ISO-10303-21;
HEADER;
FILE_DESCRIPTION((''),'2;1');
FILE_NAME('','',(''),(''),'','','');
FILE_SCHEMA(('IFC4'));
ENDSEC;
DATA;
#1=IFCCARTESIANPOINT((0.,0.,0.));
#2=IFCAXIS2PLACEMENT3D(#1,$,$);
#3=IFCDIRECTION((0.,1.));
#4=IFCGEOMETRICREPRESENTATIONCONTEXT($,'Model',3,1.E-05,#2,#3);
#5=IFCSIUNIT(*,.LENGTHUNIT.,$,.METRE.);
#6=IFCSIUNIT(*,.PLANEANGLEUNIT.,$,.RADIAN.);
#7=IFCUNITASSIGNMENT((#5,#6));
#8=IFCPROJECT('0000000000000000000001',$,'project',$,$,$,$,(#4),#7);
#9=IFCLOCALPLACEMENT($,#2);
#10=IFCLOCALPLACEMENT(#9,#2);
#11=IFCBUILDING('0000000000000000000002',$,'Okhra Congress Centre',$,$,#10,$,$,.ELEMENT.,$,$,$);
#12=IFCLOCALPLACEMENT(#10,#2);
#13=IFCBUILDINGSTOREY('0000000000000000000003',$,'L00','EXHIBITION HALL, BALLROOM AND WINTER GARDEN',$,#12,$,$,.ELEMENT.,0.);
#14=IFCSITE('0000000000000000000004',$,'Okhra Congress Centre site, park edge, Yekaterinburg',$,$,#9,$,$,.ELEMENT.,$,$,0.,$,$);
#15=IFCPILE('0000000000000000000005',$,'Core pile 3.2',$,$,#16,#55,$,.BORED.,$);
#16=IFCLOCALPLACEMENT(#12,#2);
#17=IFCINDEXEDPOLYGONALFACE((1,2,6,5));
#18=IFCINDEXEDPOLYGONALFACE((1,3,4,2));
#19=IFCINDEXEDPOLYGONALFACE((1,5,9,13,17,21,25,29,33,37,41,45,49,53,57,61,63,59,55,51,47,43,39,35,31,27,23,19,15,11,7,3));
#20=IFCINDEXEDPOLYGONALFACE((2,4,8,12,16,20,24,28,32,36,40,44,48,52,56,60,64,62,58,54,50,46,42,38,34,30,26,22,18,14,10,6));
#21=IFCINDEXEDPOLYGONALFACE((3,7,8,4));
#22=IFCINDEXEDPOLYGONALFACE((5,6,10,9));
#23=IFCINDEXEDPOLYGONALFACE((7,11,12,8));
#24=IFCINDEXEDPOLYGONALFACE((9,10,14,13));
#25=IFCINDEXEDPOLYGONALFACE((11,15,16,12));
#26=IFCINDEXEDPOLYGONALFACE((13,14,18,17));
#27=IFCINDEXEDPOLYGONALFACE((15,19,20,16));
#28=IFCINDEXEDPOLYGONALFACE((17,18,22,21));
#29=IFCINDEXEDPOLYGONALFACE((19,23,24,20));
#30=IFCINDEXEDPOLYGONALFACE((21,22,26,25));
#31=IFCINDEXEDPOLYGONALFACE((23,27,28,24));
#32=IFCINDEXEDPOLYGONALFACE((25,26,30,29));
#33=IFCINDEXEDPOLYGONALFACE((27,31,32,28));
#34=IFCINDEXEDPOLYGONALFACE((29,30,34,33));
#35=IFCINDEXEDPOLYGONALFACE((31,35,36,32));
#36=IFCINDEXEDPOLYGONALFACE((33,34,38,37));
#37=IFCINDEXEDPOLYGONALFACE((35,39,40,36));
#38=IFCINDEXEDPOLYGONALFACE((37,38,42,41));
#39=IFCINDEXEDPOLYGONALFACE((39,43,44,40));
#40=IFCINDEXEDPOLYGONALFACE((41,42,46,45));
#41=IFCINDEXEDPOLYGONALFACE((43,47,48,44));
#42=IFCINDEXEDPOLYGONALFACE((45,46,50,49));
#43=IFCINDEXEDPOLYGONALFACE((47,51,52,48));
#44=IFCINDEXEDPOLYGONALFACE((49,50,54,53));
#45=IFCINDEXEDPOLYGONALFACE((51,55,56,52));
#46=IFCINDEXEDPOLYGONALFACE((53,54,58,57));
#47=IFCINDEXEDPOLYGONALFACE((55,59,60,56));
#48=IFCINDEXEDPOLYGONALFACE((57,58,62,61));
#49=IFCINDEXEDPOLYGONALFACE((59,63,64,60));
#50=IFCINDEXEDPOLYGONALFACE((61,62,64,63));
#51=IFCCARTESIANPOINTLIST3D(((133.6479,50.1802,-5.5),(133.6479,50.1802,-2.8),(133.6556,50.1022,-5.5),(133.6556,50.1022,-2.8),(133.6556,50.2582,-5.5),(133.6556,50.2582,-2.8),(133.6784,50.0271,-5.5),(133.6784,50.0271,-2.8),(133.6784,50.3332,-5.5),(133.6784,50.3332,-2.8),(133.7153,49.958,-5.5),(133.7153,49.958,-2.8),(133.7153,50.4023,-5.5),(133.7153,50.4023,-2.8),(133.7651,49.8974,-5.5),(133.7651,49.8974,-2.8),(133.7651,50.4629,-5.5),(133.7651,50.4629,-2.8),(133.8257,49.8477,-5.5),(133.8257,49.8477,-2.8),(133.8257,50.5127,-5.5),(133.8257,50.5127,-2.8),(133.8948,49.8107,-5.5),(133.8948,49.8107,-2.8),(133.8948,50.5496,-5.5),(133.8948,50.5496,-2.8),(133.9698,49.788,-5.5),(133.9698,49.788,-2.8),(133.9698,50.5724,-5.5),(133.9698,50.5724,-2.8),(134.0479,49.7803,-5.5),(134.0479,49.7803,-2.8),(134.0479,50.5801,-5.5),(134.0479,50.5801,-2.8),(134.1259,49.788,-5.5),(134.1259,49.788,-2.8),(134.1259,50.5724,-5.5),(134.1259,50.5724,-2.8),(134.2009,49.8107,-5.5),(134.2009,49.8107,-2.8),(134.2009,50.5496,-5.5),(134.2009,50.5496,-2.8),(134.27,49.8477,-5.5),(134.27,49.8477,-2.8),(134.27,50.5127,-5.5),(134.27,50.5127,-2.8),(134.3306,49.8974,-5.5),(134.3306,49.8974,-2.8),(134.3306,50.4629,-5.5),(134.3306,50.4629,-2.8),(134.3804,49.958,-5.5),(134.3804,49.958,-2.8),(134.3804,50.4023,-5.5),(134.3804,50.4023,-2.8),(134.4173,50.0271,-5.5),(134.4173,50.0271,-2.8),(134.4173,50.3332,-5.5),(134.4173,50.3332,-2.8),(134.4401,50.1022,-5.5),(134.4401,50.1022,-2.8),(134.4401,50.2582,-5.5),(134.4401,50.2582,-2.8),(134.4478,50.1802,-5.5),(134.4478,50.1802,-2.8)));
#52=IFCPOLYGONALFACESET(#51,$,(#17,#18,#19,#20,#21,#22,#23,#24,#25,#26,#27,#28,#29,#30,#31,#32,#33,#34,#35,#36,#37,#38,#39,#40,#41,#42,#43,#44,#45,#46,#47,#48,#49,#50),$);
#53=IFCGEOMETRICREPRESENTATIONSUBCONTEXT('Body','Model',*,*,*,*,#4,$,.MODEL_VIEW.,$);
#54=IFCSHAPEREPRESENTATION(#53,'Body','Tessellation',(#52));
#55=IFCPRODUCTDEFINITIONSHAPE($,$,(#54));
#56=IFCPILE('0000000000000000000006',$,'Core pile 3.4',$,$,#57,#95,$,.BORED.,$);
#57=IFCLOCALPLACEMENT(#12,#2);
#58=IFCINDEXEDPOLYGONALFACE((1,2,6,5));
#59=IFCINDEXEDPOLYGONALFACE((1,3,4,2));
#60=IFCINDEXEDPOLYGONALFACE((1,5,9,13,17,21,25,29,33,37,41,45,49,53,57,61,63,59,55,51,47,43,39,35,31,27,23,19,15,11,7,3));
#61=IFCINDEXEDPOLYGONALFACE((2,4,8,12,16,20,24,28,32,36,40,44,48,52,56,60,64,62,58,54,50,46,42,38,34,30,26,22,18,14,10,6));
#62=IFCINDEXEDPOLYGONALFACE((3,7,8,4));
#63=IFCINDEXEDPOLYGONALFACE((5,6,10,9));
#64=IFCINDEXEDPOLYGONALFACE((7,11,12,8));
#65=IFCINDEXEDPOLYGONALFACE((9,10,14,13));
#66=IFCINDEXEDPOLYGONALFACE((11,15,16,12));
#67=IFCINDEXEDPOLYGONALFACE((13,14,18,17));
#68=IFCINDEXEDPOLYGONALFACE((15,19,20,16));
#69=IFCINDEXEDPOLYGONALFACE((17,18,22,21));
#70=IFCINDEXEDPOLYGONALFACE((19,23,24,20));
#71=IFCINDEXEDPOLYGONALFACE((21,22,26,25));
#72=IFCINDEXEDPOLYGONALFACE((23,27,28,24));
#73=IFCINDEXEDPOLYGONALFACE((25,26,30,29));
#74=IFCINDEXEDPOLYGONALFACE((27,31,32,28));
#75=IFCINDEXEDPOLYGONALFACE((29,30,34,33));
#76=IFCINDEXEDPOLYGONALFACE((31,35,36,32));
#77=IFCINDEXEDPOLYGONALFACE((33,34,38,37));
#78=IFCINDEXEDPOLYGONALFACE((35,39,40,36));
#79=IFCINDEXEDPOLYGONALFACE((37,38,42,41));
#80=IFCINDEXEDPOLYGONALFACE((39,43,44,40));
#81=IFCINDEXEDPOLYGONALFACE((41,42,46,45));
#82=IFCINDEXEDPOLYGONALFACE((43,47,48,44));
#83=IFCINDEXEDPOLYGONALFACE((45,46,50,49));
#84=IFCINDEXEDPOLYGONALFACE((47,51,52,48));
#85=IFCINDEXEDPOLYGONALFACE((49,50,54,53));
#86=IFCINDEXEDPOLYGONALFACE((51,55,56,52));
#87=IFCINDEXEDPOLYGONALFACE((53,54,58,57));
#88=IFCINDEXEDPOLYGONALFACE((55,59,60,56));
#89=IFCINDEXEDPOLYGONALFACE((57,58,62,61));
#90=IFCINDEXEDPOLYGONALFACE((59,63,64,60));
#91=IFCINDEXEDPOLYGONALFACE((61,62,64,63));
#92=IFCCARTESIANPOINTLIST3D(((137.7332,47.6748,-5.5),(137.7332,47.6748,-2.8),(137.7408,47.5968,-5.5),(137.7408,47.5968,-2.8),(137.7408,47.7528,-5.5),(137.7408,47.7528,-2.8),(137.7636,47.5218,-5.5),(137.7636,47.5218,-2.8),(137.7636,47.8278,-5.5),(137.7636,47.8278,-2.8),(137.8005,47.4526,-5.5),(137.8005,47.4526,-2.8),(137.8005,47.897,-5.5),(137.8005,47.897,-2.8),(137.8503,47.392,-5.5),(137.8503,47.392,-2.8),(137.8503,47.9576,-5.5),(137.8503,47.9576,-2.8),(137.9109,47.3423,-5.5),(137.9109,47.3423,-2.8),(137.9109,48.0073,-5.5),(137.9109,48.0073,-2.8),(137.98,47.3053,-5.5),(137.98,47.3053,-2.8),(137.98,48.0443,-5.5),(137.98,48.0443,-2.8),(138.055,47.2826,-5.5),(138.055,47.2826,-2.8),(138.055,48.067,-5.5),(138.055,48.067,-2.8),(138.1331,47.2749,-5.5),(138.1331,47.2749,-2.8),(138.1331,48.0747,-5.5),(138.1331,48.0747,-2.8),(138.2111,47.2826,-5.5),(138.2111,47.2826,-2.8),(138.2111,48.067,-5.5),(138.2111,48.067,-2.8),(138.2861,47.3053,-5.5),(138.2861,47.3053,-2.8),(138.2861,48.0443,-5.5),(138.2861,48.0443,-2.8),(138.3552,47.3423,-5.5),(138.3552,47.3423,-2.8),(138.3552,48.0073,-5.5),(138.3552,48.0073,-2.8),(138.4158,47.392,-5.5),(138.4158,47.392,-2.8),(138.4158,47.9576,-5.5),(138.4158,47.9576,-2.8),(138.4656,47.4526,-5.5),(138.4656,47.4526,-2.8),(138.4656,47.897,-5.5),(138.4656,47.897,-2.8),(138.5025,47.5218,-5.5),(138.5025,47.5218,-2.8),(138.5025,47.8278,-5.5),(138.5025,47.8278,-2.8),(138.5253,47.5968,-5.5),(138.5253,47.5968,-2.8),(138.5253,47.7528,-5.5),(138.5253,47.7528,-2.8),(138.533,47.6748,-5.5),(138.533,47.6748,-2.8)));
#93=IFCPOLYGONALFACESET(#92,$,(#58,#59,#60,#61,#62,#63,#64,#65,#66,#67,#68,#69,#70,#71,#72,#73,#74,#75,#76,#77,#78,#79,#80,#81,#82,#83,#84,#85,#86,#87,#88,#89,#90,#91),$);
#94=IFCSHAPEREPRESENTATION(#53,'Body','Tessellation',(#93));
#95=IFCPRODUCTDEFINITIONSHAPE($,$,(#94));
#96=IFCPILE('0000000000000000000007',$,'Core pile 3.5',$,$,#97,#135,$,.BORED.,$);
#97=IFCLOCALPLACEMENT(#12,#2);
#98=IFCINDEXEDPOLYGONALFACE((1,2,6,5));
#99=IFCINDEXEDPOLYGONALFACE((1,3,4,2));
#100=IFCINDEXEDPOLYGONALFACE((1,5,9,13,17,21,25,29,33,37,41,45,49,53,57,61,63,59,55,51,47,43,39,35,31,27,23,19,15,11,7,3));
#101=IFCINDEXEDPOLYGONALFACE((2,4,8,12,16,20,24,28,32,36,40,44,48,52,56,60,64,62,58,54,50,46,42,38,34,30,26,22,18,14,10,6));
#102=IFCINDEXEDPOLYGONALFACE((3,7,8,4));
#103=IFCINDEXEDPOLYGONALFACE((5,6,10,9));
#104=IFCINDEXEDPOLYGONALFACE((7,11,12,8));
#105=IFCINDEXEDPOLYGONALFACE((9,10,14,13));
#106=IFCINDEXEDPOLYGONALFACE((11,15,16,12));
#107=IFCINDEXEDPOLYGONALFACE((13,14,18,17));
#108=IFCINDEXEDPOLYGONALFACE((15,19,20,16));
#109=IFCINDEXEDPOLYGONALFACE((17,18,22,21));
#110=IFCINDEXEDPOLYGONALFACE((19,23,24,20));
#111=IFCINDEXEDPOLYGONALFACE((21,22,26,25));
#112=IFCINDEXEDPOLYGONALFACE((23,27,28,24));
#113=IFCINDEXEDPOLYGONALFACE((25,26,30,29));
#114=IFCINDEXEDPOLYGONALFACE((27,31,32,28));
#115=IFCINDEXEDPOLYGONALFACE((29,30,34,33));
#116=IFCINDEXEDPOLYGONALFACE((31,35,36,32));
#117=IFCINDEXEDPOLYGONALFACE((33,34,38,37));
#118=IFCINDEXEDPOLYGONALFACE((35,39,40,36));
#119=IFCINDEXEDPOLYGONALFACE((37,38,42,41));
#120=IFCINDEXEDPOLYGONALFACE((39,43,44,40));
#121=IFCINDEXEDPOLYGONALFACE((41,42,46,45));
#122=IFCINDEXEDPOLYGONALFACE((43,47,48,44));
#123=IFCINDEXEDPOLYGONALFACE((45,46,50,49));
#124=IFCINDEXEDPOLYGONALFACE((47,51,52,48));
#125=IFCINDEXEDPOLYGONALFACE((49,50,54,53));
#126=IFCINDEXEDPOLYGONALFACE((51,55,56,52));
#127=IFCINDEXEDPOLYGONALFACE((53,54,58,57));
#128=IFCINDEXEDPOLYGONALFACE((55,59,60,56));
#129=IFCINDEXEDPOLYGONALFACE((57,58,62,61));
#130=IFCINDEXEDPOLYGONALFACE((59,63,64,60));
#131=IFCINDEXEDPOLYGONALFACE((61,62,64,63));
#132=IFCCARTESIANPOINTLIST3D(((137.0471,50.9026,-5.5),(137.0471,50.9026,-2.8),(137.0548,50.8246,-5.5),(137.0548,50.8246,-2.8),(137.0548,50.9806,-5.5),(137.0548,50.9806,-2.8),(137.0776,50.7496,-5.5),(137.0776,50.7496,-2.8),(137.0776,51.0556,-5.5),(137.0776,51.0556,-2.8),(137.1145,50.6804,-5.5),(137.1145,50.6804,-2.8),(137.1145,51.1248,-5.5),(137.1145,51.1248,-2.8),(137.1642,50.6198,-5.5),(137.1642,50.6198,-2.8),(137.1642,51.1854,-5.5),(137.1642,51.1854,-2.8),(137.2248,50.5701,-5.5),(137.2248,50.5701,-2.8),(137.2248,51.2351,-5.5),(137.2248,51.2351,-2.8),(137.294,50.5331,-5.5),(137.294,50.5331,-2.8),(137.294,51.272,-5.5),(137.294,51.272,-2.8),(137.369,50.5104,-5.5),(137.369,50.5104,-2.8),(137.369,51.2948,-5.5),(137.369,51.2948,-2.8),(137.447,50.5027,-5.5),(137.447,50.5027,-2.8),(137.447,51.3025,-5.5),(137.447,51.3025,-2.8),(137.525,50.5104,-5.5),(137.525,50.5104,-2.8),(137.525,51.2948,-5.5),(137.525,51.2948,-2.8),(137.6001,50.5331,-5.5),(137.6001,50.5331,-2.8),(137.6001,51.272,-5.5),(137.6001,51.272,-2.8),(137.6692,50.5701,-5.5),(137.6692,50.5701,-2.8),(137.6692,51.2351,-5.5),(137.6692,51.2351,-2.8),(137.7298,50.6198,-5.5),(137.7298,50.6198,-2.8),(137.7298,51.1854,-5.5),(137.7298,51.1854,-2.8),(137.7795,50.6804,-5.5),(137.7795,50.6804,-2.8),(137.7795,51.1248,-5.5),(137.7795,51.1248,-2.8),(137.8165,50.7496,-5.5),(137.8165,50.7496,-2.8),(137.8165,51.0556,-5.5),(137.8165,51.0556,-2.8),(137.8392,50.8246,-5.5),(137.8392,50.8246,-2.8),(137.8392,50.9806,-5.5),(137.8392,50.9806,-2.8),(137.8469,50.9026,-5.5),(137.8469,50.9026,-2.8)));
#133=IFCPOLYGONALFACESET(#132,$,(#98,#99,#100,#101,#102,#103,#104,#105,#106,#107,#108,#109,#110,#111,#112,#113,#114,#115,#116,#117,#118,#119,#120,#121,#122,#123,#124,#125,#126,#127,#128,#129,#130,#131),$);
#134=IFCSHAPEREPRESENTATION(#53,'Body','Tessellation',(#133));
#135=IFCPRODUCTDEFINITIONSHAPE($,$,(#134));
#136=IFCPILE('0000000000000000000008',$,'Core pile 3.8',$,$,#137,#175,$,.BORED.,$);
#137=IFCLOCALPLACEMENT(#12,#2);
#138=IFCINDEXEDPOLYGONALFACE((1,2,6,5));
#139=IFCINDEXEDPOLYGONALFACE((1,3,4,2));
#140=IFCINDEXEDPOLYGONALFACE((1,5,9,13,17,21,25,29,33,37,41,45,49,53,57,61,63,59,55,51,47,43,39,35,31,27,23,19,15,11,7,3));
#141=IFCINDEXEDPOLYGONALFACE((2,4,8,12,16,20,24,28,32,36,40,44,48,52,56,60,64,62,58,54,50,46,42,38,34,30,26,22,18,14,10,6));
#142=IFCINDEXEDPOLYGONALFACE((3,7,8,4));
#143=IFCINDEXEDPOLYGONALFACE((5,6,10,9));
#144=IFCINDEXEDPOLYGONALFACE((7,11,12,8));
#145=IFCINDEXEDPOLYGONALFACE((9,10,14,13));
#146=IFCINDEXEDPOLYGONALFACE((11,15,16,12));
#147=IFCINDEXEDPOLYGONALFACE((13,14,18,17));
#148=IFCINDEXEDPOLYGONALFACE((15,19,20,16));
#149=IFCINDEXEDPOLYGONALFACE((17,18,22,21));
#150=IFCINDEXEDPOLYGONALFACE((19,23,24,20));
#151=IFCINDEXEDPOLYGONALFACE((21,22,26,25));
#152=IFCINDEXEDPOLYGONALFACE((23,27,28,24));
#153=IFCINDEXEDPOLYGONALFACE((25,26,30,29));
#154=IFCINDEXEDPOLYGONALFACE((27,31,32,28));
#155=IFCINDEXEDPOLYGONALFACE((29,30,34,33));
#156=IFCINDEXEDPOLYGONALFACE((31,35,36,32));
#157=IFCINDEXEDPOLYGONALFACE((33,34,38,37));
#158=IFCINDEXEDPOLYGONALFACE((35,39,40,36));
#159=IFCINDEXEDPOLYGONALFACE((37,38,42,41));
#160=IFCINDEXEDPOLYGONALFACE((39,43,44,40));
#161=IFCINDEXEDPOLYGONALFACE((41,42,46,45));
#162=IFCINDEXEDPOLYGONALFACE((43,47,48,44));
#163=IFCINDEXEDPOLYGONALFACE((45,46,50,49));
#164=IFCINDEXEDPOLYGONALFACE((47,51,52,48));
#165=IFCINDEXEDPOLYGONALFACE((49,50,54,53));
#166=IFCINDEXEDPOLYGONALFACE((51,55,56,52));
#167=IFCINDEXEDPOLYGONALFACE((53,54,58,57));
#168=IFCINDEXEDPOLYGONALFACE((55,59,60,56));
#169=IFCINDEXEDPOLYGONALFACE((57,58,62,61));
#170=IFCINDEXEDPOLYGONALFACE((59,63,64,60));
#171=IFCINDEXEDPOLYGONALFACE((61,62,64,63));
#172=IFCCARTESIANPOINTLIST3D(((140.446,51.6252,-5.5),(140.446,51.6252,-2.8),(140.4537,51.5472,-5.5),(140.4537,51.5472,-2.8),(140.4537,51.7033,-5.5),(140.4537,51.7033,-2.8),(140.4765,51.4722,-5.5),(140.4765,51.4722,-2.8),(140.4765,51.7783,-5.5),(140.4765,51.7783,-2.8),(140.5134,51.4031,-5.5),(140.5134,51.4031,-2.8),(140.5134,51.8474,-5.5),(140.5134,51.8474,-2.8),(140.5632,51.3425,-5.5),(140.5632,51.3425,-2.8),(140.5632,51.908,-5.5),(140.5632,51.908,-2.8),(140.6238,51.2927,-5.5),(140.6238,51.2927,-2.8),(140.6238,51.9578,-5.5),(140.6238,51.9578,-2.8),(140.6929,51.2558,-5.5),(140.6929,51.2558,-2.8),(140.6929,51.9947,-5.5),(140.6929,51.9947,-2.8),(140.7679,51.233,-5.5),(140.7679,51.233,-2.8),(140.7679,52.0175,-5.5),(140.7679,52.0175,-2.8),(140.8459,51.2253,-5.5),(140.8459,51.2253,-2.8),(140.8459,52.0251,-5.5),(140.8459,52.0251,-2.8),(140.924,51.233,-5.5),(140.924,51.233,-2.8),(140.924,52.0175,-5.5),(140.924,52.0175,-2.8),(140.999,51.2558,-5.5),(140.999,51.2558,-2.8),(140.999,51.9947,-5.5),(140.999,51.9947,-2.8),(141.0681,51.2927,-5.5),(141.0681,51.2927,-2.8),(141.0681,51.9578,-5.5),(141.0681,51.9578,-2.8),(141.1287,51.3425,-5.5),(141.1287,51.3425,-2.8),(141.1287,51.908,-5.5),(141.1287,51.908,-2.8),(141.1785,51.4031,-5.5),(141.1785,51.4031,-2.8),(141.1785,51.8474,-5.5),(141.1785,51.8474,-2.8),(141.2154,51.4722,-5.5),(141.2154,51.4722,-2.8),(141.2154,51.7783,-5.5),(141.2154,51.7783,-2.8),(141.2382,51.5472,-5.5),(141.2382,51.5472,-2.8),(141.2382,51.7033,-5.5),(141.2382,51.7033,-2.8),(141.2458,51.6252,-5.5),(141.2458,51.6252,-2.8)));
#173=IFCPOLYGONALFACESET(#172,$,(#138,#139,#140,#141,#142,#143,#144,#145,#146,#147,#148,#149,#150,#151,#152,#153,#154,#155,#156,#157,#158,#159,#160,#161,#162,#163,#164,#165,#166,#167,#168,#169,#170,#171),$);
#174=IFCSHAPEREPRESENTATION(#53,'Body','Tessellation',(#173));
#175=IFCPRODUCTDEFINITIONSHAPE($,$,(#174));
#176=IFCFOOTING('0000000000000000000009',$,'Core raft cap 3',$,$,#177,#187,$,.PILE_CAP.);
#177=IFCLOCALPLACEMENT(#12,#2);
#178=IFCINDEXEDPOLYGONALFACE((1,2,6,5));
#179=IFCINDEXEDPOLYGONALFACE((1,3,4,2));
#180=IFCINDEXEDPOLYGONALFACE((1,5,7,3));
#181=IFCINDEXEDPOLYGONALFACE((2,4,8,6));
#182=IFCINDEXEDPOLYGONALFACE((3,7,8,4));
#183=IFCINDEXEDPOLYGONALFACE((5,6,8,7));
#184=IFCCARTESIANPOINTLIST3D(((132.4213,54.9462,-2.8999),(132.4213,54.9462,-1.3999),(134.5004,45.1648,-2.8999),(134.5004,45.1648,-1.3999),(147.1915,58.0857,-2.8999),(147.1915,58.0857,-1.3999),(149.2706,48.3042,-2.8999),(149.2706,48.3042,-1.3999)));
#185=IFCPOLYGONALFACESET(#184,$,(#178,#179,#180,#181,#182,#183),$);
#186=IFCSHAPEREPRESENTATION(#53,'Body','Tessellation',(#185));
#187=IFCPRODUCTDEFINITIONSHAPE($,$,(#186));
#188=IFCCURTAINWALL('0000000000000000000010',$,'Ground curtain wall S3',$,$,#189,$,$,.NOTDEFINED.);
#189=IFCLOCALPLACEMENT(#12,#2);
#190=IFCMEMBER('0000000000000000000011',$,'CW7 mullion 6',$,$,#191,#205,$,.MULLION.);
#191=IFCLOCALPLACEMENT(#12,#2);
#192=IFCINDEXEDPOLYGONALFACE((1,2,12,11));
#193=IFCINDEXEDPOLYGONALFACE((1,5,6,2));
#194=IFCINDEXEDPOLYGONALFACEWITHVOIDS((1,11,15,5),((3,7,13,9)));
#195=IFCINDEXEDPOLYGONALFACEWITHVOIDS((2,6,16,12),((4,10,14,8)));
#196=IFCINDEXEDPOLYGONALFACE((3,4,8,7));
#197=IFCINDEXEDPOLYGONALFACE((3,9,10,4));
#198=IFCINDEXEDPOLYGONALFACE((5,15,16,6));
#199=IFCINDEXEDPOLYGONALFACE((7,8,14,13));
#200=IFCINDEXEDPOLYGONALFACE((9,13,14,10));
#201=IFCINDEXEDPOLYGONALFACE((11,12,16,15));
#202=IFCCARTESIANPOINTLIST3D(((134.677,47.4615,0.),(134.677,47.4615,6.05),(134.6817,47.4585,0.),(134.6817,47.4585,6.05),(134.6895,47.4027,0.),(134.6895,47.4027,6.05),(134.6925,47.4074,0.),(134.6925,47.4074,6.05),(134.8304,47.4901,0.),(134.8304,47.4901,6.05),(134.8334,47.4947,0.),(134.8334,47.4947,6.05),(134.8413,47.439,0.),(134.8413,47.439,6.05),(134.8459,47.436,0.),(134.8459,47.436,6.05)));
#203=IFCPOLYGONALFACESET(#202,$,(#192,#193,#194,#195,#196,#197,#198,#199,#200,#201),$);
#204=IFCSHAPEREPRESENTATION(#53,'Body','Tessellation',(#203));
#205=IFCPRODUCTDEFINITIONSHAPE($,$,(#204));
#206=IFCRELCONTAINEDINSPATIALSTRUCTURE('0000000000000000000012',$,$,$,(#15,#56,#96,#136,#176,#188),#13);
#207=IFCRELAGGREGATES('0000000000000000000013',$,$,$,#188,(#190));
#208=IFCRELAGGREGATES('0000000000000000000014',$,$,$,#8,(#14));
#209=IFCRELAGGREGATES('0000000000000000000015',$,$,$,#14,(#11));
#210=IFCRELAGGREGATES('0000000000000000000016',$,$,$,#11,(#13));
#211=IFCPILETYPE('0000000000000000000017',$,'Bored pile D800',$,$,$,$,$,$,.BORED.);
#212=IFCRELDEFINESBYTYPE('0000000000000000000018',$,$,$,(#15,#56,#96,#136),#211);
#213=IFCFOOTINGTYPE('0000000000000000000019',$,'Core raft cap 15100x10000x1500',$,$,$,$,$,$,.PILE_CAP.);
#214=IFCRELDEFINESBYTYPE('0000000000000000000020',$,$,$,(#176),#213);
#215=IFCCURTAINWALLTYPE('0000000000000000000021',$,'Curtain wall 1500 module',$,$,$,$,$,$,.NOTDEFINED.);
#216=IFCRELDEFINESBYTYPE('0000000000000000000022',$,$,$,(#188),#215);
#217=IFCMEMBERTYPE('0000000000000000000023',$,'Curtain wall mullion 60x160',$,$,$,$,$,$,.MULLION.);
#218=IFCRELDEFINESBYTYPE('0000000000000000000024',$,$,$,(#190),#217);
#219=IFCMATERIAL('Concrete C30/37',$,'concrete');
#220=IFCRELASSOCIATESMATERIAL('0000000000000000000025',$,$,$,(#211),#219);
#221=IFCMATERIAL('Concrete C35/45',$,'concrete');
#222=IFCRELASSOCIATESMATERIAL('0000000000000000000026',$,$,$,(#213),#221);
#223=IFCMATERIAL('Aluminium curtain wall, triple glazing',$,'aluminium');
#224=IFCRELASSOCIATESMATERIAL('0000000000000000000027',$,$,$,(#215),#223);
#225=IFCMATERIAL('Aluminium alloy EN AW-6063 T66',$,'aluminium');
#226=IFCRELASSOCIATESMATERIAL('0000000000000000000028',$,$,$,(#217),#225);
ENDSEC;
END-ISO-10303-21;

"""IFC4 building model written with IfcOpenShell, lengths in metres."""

from ifc_helpers import new_model, si_unit, direction, frame, origin, origin_2d, place, context, subcontext, project, spatial, rectangle, hollow_rectangle, circle, extrude, material, material_profile, profile_set, type_object, element, aggregate, save


model = new_model("IFC4")

# Units and contexts
model_context = context("Model", 3, precision=1e-05, world=origin(), true_north=direction((0.0, 1.0)))
body_context = subcontext(model_context, "Body", "Model", "MODEL_VIEW")
ifc_project = project(units=[si_unit("LENGTHUNIT", "METRE"), si_unit("PLANEANGLEUNIT", "RADIAN")], contexts=[model_context])

# Site, building, storey
site_placement = place(None, origin())
site = spatial("IfcSite", under=ifc_project, at=site_placement, Name="Okhra Congress Centre site, park edge, Yekaterinburg", CompositionType="ELEMENT", RefElevation=0.0)
building_placement = place(site_placement, origin())
building = spatial("IfcBuilding", under=site, at=building_placement, Name="Okhra Congress Centre", CompositionType="ELEMENT")
storey_placement = place(building_placement, origin())
storey = spatial("IfcBuildingStorey", under=building, at=storey_placement, Name="L00", Description="EXHIBITION HALL, BALLROOM AND WINTER GARDEN", CompositionType="ELEMENT", Elevation=0.0)

# Piles
ifc_material_1 = material(Name="Concrete C30/37", Category="concrete")
ifc_material_profile_1 = material_profile(ifc_material_1, circle(Radius=0.3999, at=origin_2d()), Name="D800")
ifc_profile_set_1 = profile_set([ifc_material_profile_1], Name="Concrete C30/37")
pile_type = type_object("IfcPileType", Name="Bored pile D800", PredefinedType="BORED", material=ifc_profile_set_1)
for number, where, z_axis, x_axis, name in (
    (1, (134.0479, 50.1802, -2.8), (0.0, 0.0, -1.0), (1.0, 0.0, 0.0), "Core pile 3.2"),
    (2, (138.1331, 47.6748, -2.8), (0.0, 0.0, -1.0), (1.0, 0.0, 0.0), "Core pile 3.4"),
    (3, (137.447, 50.9026, -2.8), (0.0, 0.0, -1.0), (1.0, 0.0, 0.0), "Core pile 3.5"),
    (4, (140.8459, 51.6252, -2.8), (0.0, 0.0, -1.0), (1.0, 0.0, 0.0), "Core pile 3.8"),
):
    element("IfcPile", number, at=place(storey_placement, frame(where, z_axis=z_axis, x_axis=x_axis)), inside=storey, type_object=pile_type, Name=name, PredefinedType="BORED", context=body_context, shape_type="SweptSolid", body=[
        extrude(circle(Radius=0.3999, at=origin_2d()), origin(), (0.0, 0.0, 1.0), 2.7),
    ])

# Footing
ifc_material_2 = material(Name="Concrete C35/45", Category="concrete")
footing_type = type_object("IfcFootingType", Name="Core raft cap 15100x10000x1500", PredefinedType="PILE_CAP", material=ifc_material_2)
footing_placement = place(storey_placement, frame((140.8459, 51.6252, -2.8999), z_axis=(0.0, 0.0, 1.0), x_axis=(0.978148, 0.207912, 0.0)))
element("IfcFooting", 5, at=footing_placement, inside=storey, type_object=footing_type, Name="Core raft cap 3", PredefinedType="PILE_CAP", context=body_context, shape_type="SweptSolid", body=[
    extrude(rectangle(XDim=15.1001, YDim=10.0, at=origin_2d()), origin(), (0.0, 0.0, 1.0), 1.5),
])

# Curtain wall, member
ifc_material_3 = material(Name="Aluminium curtain wall, triple glazing", Category="aluminium")
curtain_wall_type = type_object("IfcCurtainWallType", Name="Curtain wall 1500 module", PredefinedType="NOTDEFINED", material=ifc_material_3)
curtain_wall_placement = place(storey_placement, origin())
curtain_wall = element("IfcCurtainWall", 6, at=curtain_wall_placement, inside=storey, type_object=curtain_wall_type, Name="Ground curtain wall S3", PredefinedType="NOTDEFINED")
ifc_material_4 = material(Name="Aluminium alloy EN AW-6063 T66", Category="aluminium")
ifc_material_profile_2 = material_profile(ifc_material_4, hollow_rectangle(XDim=0.0601, YDim=0.1599, WallThickness=0.0039, at=origin_2d()), Name="RHS 60x160x4")
ifc_profile_set_2 = profile_set([ifc_material_profile_2], Name="Aluminium alloy EN AW-6063 T66")
member_type = type_object("IfcMemberType", Name="Curtain wall mullion 60x160", PredefinedType="MULLION", material=ifc_profile_set_2)
member_placement = place(storey_placement, frame((134.7615, 47.4487, 0.0), z_axis=(0.0, 0.0, 1.0), x_axis=(-0.207912, 0.978148, 0.0)))
member = element("IfcMember", 7, at=member_placement, type_object=member_type, Name="CW7 mullion 6", PredefinedType="MULLION", context=body_context, shape_type="SweptSolid", body=[
    extrude(hollow_rectangle(XDim=0.0601, YDim=0.1599, WallThickness=0.0039, at=origin_2d()), origin(), (0.0, 0.0, 1.0), 6.05),
])
aggregate(curtain_wall, [member])

save(model, "model.ifc")
